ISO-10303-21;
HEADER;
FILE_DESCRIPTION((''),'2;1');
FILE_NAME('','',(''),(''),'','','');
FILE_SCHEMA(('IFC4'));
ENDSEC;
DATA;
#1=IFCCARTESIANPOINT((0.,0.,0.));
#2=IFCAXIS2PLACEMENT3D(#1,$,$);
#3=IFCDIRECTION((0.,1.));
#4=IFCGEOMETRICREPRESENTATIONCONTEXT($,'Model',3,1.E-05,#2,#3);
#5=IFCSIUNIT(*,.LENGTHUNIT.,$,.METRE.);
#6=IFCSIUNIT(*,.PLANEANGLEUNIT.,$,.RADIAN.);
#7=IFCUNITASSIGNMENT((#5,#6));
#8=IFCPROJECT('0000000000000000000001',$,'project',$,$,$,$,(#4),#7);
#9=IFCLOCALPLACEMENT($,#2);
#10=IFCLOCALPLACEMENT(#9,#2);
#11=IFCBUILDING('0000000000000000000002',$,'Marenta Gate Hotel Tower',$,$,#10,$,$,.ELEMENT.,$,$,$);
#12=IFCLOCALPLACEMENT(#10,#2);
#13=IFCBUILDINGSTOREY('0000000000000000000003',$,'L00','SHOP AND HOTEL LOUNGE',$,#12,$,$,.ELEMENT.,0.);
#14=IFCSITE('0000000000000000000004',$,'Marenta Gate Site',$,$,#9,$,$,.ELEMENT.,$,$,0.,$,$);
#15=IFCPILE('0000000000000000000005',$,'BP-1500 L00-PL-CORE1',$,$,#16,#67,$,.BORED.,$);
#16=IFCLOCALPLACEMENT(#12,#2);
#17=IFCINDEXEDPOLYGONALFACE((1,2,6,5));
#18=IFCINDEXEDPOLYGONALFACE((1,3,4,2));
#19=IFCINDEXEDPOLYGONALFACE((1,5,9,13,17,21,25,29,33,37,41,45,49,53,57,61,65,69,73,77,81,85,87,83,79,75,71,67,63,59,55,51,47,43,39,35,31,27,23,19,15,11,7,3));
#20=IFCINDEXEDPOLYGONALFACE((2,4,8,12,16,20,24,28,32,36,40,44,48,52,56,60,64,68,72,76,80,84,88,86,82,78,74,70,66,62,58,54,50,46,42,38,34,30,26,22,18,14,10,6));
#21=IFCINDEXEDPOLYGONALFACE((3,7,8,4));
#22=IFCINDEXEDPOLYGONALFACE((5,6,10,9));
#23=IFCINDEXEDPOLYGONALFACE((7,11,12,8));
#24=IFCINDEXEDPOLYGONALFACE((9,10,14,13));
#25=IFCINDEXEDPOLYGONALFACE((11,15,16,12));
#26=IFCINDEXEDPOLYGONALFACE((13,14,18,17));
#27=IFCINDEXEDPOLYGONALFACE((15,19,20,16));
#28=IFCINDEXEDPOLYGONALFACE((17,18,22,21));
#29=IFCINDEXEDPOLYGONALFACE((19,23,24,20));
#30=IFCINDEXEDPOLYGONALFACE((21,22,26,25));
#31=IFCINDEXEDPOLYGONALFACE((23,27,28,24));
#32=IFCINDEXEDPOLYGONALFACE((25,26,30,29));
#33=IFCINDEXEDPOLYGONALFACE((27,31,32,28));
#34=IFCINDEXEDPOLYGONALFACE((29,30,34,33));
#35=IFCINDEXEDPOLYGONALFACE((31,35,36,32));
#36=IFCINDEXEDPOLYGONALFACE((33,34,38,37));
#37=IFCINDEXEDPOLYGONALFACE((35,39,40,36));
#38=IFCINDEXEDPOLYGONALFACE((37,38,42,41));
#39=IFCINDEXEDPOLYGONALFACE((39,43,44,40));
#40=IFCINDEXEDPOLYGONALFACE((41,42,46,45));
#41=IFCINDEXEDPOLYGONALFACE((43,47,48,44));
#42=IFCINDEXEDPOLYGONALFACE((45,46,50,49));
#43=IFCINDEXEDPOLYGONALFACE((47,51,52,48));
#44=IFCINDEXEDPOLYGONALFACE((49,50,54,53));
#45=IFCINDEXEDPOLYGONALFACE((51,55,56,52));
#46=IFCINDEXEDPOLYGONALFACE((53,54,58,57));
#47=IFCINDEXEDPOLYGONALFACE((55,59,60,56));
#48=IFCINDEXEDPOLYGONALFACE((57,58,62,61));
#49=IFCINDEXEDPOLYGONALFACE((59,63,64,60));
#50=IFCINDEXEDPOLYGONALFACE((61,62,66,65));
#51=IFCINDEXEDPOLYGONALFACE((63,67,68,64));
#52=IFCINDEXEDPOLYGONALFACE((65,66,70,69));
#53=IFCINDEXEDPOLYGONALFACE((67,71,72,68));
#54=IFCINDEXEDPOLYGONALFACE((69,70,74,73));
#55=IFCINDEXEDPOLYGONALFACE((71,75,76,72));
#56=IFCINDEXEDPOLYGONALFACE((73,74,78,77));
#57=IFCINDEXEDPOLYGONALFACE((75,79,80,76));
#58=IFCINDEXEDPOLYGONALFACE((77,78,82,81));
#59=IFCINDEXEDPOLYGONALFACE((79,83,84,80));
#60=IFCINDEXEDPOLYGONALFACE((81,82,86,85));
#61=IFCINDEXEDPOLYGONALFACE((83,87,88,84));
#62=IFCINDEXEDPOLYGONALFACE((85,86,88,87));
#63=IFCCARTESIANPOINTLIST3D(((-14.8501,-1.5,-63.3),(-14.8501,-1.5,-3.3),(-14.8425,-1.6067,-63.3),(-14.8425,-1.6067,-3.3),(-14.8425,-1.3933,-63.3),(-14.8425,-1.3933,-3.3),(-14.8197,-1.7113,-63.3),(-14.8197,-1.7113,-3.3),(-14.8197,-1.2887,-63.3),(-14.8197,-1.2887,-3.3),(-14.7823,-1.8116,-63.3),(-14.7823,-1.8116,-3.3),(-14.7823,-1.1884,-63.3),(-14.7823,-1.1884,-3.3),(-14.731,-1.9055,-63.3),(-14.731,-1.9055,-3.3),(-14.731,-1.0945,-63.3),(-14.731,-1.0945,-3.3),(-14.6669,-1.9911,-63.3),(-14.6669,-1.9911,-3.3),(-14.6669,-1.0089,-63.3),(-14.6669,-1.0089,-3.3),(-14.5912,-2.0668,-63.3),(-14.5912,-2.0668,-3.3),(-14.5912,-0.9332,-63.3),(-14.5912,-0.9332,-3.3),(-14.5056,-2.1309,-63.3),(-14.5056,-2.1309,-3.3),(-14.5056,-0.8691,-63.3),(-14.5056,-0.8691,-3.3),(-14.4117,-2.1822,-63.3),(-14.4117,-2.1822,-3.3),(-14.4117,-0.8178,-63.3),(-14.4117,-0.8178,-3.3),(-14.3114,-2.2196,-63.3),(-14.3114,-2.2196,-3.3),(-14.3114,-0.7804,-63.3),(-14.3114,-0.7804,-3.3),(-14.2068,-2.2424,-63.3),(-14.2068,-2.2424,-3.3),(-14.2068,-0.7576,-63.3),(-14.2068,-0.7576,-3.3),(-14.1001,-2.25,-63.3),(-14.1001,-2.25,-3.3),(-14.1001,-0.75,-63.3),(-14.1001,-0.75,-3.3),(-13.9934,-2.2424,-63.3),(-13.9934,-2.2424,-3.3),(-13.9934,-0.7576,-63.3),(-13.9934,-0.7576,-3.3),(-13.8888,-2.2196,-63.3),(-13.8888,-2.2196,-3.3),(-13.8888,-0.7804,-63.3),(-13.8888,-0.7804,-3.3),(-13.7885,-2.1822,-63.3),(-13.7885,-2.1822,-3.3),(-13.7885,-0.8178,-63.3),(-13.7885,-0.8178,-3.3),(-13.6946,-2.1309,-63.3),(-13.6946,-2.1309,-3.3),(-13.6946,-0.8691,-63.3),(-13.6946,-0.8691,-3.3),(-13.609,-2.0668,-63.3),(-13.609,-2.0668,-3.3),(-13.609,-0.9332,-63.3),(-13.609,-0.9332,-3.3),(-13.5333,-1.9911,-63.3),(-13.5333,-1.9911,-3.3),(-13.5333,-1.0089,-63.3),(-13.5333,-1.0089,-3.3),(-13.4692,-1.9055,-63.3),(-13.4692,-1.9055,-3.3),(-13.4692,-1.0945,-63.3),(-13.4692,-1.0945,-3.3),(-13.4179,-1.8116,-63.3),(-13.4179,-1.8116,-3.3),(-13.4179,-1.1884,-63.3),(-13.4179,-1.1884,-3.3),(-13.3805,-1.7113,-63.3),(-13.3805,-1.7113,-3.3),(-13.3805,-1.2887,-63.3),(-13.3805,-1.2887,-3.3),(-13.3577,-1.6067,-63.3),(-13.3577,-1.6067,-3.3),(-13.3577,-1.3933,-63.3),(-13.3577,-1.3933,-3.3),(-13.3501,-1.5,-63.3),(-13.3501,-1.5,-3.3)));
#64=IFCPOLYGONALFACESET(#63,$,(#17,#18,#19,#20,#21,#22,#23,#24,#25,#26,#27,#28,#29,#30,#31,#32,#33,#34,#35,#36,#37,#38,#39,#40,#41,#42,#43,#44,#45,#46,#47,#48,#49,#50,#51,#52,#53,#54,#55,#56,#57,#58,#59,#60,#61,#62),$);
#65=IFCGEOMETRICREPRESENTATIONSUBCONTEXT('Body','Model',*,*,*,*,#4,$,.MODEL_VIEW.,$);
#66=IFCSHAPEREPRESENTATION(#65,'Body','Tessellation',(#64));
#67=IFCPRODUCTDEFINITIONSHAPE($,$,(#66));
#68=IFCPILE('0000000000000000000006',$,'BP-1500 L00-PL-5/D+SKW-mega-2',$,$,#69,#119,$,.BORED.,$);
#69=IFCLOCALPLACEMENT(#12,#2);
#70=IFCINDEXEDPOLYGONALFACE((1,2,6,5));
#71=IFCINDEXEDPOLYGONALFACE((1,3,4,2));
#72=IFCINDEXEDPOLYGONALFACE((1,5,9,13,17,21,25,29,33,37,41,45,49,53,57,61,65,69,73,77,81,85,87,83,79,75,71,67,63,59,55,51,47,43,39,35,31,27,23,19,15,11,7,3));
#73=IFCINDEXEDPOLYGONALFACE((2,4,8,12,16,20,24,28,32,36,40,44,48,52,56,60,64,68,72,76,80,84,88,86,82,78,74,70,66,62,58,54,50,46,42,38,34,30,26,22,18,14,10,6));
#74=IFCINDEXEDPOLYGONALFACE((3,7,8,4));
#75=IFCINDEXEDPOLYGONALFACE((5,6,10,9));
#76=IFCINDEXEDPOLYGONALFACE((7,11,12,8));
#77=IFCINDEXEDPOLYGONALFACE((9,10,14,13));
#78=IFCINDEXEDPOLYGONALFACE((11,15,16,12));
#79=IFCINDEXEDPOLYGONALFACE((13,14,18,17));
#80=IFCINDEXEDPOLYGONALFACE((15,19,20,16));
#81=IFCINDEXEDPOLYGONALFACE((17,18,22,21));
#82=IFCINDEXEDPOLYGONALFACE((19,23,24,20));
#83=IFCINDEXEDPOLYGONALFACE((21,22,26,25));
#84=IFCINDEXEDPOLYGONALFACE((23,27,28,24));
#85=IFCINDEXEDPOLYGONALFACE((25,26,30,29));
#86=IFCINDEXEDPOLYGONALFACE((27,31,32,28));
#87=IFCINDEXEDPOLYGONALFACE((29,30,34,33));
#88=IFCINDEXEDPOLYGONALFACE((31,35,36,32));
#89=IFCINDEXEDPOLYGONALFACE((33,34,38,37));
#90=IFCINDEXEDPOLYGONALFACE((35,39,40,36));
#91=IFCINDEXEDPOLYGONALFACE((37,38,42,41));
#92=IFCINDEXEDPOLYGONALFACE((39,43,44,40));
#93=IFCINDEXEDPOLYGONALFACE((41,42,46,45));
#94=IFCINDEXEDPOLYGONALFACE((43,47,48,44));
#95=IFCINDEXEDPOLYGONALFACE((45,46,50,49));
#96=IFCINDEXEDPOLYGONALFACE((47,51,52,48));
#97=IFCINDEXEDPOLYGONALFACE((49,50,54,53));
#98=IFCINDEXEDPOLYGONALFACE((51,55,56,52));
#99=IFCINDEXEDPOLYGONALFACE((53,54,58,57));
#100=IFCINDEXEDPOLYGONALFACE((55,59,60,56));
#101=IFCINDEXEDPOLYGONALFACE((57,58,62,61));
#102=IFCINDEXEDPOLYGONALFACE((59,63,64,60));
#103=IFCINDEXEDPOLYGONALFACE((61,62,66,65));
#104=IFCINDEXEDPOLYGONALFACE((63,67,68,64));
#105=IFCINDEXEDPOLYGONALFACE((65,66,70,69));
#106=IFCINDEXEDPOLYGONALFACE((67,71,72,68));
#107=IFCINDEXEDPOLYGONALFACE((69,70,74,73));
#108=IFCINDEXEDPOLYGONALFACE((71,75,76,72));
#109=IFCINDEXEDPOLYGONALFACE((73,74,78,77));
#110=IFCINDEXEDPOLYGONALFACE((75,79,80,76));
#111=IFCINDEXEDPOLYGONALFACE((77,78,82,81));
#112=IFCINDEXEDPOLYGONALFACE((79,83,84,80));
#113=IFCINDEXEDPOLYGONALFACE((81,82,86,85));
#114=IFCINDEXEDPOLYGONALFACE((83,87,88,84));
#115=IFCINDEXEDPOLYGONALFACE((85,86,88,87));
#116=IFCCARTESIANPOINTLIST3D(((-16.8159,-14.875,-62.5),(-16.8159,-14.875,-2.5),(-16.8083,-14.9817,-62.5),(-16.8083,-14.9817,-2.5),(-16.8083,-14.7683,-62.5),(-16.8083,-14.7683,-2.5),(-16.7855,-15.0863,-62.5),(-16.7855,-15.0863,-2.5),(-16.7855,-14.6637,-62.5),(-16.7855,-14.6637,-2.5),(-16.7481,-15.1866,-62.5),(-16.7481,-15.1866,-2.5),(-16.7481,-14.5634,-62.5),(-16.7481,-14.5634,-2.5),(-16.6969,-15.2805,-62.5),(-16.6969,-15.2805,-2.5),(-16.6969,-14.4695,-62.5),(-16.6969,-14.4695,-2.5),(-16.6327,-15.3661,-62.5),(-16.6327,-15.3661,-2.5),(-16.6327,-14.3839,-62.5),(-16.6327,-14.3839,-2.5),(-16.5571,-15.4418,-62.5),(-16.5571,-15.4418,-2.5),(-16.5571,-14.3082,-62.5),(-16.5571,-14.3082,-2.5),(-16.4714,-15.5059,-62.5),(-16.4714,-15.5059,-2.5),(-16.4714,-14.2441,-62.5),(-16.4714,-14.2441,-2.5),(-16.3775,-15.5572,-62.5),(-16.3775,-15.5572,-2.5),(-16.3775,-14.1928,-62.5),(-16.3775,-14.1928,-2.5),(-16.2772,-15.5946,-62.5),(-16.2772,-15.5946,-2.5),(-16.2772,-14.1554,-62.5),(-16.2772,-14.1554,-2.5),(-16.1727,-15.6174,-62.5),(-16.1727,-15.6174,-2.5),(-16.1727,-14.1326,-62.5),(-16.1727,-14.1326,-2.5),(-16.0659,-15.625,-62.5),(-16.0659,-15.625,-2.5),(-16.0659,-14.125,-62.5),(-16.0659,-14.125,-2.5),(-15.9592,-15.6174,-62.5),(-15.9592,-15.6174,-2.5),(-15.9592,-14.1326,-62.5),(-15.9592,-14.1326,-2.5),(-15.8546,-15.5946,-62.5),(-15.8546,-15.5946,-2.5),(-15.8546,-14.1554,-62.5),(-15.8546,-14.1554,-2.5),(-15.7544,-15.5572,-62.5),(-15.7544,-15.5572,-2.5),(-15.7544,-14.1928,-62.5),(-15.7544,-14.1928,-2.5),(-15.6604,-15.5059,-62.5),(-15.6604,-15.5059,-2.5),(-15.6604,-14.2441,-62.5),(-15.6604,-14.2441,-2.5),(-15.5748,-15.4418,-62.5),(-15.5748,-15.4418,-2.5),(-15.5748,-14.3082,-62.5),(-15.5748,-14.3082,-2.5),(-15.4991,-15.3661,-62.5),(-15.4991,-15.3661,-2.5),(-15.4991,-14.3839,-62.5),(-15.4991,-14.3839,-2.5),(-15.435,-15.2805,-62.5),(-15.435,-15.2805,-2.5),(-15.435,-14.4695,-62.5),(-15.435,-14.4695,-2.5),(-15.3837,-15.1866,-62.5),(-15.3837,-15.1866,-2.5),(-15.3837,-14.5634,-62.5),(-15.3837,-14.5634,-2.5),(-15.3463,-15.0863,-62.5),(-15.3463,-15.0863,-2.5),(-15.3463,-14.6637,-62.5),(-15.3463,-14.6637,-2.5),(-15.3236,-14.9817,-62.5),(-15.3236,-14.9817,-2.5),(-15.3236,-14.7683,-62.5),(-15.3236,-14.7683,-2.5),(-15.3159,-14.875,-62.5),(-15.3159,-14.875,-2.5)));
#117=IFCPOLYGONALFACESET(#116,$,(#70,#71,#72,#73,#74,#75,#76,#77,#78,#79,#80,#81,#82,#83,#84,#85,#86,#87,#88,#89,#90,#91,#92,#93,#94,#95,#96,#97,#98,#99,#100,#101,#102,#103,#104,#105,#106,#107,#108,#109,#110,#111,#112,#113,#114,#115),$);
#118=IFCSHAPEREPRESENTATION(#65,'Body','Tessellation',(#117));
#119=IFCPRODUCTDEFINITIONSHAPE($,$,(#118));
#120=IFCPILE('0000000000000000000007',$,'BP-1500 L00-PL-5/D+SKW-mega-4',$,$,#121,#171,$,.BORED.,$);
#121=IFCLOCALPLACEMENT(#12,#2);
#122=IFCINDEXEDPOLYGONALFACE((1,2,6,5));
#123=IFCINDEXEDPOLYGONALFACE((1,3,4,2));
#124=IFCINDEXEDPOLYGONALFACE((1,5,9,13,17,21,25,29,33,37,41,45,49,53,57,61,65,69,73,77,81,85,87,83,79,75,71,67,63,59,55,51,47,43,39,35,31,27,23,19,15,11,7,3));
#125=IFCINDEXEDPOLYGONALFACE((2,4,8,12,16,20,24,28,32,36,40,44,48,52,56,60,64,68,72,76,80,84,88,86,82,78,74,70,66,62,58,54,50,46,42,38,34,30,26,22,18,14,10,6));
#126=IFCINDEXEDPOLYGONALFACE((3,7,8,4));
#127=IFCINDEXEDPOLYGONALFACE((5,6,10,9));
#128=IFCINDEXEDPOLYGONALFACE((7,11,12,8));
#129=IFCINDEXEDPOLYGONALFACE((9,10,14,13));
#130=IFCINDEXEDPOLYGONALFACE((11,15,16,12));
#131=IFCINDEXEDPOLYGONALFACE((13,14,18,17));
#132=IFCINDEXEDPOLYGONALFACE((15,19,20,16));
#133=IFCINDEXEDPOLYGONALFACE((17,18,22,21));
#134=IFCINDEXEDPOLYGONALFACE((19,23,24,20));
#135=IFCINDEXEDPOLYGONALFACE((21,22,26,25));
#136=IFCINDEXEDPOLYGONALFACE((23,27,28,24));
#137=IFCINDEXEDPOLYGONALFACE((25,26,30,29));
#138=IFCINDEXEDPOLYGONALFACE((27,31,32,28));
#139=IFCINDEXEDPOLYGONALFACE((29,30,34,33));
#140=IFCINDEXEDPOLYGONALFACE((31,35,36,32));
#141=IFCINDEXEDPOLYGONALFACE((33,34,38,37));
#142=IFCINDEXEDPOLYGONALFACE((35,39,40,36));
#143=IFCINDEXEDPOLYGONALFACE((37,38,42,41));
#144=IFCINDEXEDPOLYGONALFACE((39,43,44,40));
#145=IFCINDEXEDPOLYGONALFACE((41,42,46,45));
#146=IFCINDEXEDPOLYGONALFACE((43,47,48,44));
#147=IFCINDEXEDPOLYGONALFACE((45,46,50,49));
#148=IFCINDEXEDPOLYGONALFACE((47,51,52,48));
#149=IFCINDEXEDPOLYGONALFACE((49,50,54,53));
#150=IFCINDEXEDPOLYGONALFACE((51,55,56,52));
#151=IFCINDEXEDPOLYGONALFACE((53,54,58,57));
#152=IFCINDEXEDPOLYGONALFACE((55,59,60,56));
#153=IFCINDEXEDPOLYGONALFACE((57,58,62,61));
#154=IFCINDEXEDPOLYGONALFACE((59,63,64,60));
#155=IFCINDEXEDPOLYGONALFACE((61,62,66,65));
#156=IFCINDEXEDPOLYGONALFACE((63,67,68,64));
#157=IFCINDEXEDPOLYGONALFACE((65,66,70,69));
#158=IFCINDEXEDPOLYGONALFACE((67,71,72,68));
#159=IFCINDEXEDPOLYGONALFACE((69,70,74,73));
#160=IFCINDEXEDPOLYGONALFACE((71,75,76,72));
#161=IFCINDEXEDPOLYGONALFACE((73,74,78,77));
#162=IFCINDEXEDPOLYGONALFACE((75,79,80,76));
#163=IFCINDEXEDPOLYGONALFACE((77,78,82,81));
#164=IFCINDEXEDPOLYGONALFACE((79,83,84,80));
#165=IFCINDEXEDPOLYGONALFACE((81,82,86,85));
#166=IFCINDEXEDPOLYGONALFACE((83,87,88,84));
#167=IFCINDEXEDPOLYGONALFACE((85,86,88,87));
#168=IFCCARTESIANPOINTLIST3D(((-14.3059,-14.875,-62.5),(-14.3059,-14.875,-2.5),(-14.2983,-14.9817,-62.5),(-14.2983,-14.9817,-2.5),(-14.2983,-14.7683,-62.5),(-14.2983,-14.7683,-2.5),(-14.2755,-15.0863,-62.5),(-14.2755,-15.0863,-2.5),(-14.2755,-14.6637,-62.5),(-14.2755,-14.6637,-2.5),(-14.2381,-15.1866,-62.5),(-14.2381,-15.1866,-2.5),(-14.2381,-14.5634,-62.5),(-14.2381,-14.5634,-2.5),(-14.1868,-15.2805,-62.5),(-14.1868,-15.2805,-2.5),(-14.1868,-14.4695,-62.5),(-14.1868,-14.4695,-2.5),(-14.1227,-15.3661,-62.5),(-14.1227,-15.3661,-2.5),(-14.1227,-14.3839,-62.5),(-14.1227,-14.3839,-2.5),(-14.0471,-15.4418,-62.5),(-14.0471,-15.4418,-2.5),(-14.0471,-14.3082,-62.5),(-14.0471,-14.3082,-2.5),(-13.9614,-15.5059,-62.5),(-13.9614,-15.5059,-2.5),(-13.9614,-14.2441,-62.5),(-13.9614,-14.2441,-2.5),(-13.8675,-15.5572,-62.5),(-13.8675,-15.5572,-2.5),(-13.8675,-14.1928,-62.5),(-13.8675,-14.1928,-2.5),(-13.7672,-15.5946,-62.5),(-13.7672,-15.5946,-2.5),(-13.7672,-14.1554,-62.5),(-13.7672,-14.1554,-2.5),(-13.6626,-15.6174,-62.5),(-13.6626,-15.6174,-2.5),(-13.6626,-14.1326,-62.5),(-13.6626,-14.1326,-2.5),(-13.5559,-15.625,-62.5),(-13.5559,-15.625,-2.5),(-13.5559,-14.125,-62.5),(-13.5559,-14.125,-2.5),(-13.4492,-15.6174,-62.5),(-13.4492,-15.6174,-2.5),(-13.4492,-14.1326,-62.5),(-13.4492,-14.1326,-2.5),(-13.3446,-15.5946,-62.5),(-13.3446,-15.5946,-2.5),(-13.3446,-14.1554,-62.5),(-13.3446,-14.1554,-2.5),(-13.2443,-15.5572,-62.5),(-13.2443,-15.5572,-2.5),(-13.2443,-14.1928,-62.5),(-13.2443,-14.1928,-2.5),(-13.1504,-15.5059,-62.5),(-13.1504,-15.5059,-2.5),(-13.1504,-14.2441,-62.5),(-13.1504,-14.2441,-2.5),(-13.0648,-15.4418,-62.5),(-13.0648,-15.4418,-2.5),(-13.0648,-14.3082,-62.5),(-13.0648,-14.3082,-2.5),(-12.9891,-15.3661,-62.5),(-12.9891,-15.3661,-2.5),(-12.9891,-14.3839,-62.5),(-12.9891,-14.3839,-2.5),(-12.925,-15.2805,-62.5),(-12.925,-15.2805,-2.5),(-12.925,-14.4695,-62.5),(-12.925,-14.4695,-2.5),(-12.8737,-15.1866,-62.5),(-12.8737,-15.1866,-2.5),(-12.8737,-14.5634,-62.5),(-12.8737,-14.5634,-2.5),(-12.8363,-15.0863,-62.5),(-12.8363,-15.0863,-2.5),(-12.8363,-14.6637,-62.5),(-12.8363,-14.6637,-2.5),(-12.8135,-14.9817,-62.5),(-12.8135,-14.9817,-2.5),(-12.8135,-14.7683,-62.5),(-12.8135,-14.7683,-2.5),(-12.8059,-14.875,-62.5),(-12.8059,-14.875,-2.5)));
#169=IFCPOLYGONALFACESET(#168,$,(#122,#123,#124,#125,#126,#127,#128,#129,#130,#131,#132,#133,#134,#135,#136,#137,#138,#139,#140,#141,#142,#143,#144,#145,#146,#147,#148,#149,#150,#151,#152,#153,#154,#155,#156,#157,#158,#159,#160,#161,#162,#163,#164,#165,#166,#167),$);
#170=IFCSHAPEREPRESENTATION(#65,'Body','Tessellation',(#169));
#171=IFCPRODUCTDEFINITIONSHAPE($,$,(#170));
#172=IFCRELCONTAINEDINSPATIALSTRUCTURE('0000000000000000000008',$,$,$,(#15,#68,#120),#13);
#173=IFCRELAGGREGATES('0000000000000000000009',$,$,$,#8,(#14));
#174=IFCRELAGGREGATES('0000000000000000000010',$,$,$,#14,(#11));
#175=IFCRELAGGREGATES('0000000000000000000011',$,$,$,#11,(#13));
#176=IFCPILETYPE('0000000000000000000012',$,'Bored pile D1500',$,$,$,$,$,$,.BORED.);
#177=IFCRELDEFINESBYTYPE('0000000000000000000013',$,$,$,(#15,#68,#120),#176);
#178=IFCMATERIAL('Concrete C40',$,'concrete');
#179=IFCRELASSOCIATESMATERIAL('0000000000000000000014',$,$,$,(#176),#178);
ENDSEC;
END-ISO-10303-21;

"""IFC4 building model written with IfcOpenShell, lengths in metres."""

from ifc_helpers import new_model, si_unit, direction, frame, origin, origin_2d, place, context, subcontext, project, spatial, circle, extrude, material, type_object, element, save


model = new_model("IFC4")

# Units and contexts
model_context = context("Model", 3, precision=1e-05, world=origin(), true_north=direction((0.0, 1.0)))
body_context = subcontext(model_context, "Body", "Model", "MODEL_VIEW")
ifc_project = project(units=[si_unit("LENGTHUNIT", "METRE"), si_unit("PLANEANGLEUNIT", "RADIAN")], contexts=[model_context])

# Site, building, storey
site_placement = place(None, origin())
site = spatial("IfcSite", under=ifc_project, at=site_placement, Name="Marenta Gate Site", CompositionType="ELEMENT", RefElevation=0.0)
building_placement = place(site_placement, origin())
building = spatial("IfcBuilding", under=site, at=building_placement, Name="Marenta Gate Hotel Tower", CompositionType="ELEMENT")
storey_placement = place(building_placement, origin())
storey = spatial("IfcBuildingStorey", under=building, at=storey_placement, Name="L00", Description="SHOP AND HOTEL LOUNGE", CompositionType="ELEMENT", Elevation=0.0)

# Piles
ifc_material_1 = material(Name="Concrete C40", Category="concrete")
pile_type = type_object("IfcPileType", Name="Bored pile D1500", PredefinedType="BORED", material=ifc_material_1)
for number, where, z_axis, x_axis, name in (
    (1, (-14.1001, -1.5, -3.3), (0.0, 0.0, -1.0), (1.0, 0.0, 0.0), "BP-1500 L00-PL-CORE1"),
    (2, (-16.0659, -14.875, -2.5), (0.0, 0.0, -1.0), (1.0, 0.0, 0.0), "BP-1500 L00-PL-5/D+SKW-mega-2"),
    (3, (-13.5559, -14.875, -2.5), (0.0, 0.0, -1.0), (1.0, 0.0, 0.0), "BP-1500 L00-PL-5/D+SKW-mega-4"),
):
    element("IfcPile", number, at=place(storey_placement, frame(where, z_axis=z_axis, x_axis=x_axis)), inside=storey, type_object=pile_type, Name=name, PredefinedType="BORED", context=body_context, shape_type="SweptSolid", body=[
        extrude(circle(Radius=0.75, at=origin_2d()), origin(), (0.0, 0.0, 1.0), 60.0),
    ])

save(model, "model.ifc")
